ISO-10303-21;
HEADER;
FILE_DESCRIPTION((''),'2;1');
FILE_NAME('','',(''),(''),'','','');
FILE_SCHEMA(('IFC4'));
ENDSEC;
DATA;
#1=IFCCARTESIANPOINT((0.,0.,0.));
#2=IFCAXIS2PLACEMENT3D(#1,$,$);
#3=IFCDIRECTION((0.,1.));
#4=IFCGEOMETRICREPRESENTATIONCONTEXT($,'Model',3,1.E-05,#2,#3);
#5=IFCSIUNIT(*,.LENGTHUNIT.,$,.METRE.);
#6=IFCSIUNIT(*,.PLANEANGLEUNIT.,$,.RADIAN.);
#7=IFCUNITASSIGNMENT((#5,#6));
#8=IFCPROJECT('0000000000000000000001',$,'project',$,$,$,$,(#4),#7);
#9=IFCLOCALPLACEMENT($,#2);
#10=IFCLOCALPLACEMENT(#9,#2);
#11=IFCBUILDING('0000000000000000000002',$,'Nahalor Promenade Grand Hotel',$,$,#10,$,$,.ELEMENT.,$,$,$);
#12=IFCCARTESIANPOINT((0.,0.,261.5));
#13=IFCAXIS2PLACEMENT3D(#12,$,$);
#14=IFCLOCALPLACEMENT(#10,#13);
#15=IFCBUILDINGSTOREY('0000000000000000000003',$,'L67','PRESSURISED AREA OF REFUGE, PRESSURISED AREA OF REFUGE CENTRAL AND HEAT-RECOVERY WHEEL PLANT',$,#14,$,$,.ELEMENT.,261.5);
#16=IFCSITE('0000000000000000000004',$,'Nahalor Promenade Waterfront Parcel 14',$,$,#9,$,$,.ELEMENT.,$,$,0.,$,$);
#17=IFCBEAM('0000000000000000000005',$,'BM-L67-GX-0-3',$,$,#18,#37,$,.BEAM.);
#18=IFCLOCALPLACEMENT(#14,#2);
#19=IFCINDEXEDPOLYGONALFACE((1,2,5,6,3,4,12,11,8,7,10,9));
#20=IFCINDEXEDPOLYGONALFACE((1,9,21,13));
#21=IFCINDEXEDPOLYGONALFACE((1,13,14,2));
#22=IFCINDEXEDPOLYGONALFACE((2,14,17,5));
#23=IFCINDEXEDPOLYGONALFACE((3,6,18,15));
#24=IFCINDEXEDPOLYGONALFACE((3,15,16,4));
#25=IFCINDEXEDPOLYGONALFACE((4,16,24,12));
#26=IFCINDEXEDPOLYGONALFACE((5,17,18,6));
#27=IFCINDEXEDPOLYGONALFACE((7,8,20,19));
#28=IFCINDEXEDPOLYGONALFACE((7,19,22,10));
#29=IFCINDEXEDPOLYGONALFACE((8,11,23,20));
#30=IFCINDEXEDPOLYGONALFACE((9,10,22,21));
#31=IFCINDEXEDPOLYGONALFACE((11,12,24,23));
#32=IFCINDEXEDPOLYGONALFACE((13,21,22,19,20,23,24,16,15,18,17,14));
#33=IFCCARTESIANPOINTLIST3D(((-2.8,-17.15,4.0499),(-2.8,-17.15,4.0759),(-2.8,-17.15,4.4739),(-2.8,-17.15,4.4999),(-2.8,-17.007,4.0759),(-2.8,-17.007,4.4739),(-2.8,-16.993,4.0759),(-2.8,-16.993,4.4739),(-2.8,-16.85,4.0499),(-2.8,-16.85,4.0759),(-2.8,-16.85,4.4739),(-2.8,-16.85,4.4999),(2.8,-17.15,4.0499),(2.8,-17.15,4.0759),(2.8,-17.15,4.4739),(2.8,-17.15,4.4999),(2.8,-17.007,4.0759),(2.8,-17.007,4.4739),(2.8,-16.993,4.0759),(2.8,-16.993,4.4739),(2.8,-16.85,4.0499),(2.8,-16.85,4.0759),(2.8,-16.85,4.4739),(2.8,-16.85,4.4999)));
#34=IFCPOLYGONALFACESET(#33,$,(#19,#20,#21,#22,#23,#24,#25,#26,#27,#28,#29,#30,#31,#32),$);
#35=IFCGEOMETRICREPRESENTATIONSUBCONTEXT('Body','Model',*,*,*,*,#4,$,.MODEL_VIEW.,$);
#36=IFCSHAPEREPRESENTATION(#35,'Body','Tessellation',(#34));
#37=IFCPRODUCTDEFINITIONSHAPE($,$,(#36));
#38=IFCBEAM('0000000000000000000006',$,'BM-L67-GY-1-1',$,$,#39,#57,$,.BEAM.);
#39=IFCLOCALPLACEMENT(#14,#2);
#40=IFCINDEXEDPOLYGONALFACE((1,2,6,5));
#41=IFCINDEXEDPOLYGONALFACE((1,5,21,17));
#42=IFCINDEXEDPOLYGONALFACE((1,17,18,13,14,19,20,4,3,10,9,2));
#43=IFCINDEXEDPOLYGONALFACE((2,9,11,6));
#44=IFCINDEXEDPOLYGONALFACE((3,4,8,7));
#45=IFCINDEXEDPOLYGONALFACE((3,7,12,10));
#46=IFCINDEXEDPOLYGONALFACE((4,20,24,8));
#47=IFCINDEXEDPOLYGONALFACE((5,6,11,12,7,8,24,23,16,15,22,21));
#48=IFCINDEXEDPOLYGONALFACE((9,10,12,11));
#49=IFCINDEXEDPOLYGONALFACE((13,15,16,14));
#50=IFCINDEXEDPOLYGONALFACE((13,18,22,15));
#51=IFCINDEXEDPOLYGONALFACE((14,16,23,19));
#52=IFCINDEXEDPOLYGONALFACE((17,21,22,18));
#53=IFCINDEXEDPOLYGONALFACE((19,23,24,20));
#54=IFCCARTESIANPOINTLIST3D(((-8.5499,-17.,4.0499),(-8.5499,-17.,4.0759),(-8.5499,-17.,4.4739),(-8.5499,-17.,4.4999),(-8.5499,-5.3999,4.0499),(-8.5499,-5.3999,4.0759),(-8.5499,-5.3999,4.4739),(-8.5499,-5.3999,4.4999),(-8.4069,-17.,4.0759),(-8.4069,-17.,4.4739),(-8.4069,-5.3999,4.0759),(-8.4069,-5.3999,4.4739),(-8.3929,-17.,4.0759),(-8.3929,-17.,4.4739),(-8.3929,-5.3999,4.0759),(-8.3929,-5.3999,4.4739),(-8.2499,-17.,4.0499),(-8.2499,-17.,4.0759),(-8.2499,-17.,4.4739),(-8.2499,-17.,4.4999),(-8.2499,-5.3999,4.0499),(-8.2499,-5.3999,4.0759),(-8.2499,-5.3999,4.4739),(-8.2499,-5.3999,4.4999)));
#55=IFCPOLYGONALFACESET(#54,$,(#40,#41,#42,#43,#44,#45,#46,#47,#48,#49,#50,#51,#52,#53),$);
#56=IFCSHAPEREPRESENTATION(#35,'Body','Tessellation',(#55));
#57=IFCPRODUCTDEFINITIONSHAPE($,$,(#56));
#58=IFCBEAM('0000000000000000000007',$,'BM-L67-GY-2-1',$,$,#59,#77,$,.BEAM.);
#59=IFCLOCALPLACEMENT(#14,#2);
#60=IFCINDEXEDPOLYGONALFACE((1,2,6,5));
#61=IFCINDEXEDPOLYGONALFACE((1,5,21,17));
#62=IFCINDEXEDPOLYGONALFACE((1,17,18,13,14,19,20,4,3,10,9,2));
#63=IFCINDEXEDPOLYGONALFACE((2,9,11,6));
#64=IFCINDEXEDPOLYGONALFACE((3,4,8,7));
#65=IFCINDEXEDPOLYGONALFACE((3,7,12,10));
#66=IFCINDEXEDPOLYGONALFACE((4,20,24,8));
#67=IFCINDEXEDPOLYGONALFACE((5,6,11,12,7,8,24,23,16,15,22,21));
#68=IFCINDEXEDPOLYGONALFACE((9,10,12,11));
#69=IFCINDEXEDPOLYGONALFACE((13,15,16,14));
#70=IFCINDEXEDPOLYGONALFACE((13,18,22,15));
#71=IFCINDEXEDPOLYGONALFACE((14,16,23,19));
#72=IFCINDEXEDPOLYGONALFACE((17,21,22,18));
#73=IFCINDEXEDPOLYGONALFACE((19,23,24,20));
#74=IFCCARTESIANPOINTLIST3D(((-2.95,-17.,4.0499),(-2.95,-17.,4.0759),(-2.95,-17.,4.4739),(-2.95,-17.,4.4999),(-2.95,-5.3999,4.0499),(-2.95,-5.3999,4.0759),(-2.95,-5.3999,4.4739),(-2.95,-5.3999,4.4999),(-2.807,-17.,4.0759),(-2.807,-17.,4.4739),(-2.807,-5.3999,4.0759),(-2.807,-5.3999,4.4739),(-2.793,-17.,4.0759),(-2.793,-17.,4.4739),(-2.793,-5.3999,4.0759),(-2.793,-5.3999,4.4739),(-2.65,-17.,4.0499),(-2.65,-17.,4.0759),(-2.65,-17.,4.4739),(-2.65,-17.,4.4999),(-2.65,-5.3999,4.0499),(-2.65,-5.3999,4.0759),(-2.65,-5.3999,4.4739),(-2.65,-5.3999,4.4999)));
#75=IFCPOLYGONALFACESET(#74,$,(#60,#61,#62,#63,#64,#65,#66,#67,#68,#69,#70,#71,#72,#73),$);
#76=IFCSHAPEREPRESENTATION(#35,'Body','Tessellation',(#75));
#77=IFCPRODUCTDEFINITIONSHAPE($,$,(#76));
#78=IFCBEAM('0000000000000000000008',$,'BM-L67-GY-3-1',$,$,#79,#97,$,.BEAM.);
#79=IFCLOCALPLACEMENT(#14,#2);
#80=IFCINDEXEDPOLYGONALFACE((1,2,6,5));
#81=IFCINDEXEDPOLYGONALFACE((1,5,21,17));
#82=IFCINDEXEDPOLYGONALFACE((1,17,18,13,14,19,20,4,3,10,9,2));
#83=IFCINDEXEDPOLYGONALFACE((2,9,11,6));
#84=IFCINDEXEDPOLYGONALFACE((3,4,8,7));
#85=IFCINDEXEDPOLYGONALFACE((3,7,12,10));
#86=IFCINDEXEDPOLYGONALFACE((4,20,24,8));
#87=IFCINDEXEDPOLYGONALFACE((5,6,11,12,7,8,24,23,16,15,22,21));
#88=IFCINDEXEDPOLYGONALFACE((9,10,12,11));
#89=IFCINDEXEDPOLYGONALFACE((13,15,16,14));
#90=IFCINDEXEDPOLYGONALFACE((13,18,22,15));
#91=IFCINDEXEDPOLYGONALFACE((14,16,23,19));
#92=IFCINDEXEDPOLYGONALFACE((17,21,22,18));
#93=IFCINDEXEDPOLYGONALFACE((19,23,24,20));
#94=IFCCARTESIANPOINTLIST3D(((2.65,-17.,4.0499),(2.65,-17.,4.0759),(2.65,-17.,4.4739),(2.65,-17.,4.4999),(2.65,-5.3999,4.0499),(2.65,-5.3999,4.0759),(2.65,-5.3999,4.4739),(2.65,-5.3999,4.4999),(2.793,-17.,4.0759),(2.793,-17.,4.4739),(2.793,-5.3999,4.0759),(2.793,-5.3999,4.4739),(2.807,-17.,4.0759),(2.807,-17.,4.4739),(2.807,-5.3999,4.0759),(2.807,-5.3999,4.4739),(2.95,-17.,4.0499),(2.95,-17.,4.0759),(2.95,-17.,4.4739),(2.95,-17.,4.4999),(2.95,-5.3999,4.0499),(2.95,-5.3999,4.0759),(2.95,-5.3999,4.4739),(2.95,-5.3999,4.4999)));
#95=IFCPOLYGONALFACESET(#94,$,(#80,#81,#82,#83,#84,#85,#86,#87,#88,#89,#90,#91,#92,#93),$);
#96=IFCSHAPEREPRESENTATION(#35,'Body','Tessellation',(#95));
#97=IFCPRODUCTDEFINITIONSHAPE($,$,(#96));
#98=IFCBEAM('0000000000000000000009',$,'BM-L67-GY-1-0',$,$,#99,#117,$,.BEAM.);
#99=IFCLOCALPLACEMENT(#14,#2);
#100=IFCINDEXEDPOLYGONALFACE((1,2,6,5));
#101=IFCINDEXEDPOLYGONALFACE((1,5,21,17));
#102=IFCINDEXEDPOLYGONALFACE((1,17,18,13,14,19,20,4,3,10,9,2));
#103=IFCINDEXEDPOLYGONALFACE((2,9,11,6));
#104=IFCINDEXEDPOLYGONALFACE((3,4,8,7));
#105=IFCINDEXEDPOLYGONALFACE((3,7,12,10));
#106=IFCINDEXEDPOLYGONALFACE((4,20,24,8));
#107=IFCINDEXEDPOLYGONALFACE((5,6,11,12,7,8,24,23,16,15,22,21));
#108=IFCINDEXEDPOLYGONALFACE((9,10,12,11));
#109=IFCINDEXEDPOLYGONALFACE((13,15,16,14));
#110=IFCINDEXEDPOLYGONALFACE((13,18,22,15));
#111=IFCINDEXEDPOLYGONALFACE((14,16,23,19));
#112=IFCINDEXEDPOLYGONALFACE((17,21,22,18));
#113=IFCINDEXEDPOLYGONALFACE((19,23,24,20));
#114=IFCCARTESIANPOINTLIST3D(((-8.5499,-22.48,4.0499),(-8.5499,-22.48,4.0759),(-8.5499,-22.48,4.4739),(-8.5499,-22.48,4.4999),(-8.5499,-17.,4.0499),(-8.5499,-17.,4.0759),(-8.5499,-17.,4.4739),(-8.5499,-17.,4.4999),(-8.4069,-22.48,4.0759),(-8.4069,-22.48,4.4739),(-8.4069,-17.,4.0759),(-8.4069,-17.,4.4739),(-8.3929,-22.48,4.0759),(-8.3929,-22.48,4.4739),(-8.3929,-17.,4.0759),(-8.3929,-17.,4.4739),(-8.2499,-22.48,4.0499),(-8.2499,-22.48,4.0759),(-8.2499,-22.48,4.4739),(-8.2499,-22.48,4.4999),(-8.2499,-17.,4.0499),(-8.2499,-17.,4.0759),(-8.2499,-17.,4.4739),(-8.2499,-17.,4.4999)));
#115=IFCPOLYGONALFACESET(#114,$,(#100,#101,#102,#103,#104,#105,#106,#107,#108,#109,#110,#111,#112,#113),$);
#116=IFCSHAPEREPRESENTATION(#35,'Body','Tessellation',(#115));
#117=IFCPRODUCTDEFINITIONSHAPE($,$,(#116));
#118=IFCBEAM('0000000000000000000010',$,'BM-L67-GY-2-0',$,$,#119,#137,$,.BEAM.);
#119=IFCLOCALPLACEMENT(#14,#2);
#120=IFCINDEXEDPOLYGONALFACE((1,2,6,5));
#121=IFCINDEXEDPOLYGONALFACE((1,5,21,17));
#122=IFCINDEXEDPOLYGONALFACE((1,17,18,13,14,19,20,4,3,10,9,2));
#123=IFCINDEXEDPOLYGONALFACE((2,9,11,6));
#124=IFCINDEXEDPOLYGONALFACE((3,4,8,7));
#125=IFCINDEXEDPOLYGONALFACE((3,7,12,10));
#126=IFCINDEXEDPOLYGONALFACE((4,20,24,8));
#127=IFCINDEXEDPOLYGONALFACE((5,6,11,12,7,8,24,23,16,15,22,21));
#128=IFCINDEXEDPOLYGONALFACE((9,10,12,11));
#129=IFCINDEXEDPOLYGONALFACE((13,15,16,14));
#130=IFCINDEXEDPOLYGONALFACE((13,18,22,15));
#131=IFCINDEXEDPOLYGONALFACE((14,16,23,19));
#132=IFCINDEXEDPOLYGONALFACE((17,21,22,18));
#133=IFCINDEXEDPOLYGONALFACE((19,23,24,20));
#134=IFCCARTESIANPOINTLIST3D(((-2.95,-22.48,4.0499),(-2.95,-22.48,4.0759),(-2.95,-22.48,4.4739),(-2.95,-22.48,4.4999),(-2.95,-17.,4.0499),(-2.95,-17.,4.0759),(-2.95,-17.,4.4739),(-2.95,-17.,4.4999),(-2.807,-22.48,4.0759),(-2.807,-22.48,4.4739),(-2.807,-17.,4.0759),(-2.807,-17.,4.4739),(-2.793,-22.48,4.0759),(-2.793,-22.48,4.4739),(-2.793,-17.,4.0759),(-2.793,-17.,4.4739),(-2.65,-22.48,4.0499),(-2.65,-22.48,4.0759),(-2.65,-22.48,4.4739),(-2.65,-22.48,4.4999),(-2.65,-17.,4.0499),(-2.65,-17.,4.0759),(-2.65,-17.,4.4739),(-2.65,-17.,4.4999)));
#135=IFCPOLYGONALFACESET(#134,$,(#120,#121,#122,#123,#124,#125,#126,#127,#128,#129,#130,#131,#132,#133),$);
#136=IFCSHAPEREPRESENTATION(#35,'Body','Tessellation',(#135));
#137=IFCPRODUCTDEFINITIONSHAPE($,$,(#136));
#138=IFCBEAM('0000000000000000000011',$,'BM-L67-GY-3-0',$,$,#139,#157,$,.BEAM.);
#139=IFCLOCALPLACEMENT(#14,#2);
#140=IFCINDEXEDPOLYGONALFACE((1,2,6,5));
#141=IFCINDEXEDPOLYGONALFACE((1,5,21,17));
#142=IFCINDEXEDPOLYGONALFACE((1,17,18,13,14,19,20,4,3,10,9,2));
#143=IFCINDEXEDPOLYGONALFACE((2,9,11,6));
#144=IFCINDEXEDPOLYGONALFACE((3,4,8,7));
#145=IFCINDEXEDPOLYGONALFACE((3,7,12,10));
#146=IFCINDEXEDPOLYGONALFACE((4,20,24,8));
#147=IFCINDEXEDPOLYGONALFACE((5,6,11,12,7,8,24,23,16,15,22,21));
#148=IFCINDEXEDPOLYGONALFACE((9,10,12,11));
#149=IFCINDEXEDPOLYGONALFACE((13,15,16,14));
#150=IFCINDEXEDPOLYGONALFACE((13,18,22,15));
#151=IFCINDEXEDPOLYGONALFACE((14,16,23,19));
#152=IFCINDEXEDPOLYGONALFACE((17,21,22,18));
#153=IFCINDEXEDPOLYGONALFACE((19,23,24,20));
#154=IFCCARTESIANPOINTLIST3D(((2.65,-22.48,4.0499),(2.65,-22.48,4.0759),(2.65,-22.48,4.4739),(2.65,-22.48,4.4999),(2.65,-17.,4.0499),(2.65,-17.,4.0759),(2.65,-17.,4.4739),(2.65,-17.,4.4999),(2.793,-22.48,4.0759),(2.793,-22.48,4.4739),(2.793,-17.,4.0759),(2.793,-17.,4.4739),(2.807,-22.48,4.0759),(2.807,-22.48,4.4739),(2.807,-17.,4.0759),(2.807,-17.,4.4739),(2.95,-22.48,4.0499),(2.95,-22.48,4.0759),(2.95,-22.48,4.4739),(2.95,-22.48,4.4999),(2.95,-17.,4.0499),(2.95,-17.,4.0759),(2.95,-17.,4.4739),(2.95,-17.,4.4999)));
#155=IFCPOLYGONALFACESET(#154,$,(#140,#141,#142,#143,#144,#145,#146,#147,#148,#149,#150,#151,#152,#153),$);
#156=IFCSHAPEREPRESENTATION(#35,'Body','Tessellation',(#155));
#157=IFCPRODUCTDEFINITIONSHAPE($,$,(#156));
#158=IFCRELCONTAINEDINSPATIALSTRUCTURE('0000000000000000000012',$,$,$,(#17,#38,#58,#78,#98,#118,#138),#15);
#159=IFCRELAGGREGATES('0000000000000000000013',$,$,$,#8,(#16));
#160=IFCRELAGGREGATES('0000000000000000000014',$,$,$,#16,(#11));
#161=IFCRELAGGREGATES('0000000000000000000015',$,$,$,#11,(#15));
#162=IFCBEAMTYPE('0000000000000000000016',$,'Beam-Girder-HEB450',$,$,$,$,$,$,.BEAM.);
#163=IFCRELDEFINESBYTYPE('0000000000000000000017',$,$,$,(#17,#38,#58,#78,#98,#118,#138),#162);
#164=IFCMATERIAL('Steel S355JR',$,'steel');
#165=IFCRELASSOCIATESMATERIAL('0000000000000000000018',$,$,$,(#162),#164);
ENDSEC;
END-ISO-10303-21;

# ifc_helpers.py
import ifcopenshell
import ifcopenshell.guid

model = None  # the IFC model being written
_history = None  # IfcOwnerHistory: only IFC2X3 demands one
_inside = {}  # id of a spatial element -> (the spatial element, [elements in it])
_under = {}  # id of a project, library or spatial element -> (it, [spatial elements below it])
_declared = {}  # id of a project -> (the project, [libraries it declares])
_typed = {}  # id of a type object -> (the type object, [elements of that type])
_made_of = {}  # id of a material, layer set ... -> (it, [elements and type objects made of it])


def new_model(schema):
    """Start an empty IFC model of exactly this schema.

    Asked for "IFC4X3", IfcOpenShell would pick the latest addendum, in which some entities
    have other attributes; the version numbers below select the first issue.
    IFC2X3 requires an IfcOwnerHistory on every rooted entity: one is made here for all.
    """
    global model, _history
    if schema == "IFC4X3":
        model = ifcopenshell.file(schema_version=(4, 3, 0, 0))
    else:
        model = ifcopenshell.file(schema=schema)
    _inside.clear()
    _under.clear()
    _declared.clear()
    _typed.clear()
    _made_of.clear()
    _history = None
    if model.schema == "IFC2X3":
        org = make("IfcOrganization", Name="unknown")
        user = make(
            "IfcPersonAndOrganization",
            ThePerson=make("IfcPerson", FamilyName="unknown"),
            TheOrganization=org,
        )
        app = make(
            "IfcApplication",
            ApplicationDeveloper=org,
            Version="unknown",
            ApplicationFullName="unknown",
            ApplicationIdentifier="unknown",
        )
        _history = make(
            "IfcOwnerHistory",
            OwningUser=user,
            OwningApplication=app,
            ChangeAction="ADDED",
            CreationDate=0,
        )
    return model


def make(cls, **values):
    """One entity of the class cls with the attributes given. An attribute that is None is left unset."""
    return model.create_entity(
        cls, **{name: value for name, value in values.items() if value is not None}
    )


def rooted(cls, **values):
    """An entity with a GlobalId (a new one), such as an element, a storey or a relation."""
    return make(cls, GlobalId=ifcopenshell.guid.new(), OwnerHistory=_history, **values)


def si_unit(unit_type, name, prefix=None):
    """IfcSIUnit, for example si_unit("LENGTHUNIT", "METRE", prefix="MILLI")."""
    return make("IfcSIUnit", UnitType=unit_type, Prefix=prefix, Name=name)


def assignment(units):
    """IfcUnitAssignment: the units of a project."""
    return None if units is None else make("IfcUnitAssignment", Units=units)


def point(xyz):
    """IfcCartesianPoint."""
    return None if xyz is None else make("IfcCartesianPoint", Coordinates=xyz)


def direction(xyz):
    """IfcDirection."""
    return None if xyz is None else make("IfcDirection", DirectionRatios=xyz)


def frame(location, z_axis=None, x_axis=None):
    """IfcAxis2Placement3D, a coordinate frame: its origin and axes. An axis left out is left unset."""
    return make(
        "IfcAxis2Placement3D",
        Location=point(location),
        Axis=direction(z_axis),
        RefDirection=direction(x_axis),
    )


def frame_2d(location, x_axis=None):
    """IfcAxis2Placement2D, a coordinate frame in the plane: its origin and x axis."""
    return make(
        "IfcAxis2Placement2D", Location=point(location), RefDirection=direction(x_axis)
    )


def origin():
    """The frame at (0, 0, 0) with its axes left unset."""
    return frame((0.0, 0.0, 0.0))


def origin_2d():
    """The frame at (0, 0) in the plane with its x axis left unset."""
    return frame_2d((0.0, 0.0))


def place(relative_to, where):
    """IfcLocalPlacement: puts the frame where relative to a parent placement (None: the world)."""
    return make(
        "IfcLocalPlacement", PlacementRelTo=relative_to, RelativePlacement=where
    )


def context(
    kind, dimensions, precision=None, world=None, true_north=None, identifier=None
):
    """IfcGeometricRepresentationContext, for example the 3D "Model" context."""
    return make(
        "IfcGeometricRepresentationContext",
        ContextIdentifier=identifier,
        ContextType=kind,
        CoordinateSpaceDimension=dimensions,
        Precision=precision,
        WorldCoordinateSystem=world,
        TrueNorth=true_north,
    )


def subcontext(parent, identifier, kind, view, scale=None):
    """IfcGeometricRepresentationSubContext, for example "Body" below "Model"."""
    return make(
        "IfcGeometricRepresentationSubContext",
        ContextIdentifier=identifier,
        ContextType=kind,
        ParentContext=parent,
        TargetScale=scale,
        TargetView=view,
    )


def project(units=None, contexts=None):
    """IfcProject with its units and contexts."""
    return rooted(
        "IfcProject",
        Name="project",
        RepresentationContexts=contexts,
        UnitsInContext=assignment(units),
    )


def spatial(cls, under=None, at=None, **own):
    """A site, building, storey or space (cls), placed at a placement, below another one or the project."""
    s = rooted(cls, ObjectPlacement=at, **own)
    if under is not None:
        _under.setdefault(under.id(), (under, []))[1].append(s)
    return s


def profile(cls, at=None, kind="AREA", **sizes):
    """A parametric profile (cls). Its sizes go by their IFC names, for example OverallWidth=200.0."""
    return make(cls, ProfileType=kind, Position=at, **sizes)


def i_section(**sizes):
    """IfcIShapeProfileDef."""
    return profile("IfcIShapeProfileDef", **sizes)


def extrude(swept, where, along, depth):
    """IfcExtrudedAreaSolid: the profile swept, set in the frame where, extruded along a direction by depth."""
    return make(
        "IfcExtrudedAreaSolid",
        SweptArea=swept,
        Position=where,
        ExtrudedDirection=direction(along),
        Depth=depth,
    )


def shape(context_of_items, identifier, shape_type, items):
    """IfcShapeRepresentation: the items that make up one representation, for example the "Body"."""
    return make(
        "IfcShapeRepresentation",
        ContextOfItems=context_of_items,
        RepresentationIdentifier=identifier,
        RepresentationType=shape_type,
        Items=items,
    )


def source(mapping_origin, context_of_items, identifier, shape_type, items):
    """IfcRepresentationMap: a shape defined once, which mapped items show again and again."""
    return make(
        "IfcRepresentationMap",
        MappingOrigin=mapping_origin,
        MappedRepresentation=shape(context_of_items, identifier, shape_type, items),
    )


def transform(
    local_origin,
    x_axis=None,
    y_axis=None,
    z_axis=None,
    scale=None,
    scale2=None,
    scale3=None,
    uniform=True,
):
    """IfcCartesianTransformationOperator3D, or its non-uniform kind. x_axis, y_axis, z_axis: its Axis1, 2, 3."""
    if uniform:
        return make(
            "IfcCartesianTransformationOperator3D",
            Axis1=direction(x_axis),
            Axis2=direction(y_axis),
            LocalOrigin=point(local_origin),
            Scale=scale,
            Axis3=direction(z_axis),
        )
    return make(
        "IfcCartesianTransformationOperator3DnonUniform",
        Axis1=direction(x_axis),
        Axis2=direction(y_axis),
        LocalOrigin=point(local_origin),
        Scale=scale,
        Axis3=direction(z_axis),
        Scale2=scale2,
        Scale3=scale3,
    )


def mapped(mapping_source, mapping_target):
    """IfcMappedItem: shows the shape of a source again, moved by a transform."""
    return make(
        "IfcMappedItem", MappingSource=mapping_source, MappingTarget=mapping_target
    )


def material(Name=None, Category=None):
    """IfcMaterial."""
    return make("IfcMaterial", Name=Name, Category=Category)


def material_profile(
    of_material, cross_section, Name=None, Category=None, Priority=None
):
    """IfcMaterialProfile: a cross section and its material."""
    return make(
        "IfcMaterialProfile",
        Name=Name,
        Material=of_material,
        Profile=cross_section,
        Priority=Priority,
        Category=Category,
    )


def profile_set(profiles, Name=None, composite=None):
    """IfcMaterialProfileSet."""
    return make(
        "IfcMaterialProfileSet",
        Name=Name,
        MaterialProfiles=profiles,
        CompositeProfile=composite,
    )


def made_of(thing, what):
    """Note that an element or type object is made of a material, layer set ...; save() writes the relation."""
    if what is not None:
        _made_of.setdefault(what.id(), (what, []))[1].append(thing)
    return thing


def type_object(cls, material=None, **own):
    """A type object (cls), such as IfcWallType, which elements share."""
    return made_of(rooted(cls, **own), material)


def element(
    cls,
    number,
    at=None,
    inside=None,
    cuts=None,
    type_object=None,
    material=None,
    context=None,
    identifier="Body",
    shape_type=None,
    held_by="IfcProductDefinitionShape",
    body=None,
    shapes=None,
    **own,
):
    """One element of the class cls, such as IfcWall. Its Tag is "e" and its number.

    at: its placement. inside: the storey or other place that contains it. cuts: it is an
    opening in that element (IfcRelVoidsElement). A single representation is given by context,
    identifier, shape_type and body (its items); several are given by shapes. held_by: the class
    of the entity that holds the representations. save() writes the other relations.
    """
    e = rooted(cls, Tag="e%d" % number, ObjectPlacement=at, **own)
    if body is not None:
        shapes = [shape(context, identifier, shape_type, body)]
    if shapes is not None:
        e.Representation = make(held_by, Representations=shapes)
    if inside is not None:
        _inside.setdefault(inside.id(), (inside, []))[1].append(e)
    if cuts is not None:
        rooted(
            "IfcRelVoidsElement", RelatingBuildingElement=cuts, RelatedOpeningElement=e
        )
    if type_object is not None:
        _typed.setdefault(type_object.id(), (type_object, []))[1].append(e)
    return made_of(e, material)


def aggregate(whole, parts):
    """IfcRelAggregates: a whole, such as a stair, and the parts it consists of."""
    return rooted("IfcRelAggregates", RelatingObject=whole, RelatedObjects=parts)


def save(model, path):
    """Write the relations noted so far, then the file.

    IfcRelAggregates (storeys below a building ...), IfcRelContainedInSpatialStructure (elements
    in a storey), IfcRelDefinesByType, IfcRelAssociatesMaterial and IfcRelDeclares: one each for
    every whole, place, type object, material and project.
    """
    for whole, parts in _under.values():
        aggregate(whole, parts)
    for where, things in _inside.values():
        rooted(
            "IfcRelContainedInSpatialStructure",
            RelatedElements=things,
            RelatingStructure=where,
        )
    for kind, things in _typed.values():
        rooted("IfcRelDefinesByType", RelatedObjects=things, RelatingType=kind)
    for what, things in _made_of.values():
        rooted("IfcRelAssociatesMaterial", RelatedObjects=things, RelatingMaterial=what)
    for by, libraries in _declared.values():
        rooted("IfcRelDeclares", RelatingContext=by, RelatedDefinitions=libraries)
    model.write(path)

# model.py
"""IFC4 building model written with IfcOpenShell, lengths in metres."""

from ifc_helpers import new_model, si_unit, direction, frame, origin, origin_2d, place, context, subcontext, project, spatial, i_section, extrude, source, transform, mapped, material, material_profile, profile_set, type_object, element, save


model = new_model("IFC4")

# Units and contexts
model_context = context("Model", 3, precision=1e-05, world=origin(), true_north=direction((0.0, 1.0)))
body_context = subcontext(model_context, "Body", "Model", "MODEL_VIEW")
ifc_project = project(units=[si_unit("LENGTHUNIT", "METRE"), si_unit("PLANEANGLEUNIT", "RADIAN")], contexts=[model_context])

# Site, building, storey
site_placement = place(None, origin())
site = spatial("IfcSite", under=ifc_project, at=site_placement, Name="Nahalor Promenade Waterfront Parcel 14", CompositionType="ELEMENT", RefElevation=0.0)
building_placement = place(site_placement, origin())
building = spatial("IfcBuilding", under=site, at=building_placement, Name="Nahalor Promenade Grand Hotel", CompositionType="ELEMENT")
storey_placement = place(building_placement, frame((0.0, 0.0, 261.5)))
storey = spatial("IfcBuildingStorey", under=building, at=storey_placement, Name="L67", Description="PRESSURISED AREA OF REFUGE, PRESSURISED AREA OF REFUGE CENTRAL AND HEAT-RECOVERY WHEEL PLANT", CompositionType="ELEMENT", Elevation=261.5)

# Shared definitions
ifc_material_1 = material(Name="Steel S355JR", Category="steel")

# Beams
ifc_material_profile_1 = material_profile(ifc_material_1, i_section(OverallWidth=0.3, OverallDepth=0.45, WebThickness=0.014, FlangeThickness=0.026, at=origin_2d()), Name="HEB 450")
ifc_profile_set_1 = profile_set([ifc_material_profile_1], Name="Steel S355JR")
beam_type_1 = type_object("IfcBeamType", Name="Beam-Girder-HEB450", PredefinedType="BEAM", material=ifc_profile_set_1)
shared_shape_1 = source(origin(), body_context, "Body", "SweptSolid", [
    extrude(i_section(OverallWidth=0.3, OverallDepth=0.45, WebThickness=0.014, FlangeThickness=0.026, at=origin_2d()), origin(), (0.0, 0.0, 1.0), 5.6001),
])
beam_1_placement = place(storey_placement, frame((-2.8, -17.0, 4.2749), z_axis=(1.0, 0.0, 0.0), x_axis=(0.0, 1.0, 0.0)))
element("IfcBeam", 1, at=beam_1_placement, inside=storey, type_object=beam_type_1, Name="BM-L67-GX-0-3", PredefinedType="BEAM", context=body_context, shape_type="MappedRepresentation", body=[
    mapped(shared_shape_1, transform((0.0, 0.0, 0.0), scale=1.0)),
])
shared_shape_2 = source(origin(), body_context, "Body", "SweptSolid", [
    extrude(i_section(OverallWidth=0.3, OverallDepth=0.45, WebThickness=0.014, FlangeThickness=0.026, at=origin_2d()), origin(), (0.0, 0.0, 1.0), 11.6001),
])
for number, where, z_axis, x_axis, name in (
    (2, (-8.3999, -17.0, 4.2749), (0.0, 1.0, 0.0), (-1.0, 0.0, 0.0), "BM-L67-GY-1-1"),
    (3, (-2.8, -17.0, 4.2749), (0.0, 1.0, 0.0), (-1.0, 0.0, 0.0), "BM-L67-GY-2-1"),
    (4, (2.8, -17.0, 4.2749), (0.0, 1.0, 0.0), (-1.0, 0.0, 0.0), "BM-L67-GY-3-1"),
):
    element("IfcBeam", number, at=place(storey_placement, frame(where, z_axis=z_axis, x_axis=x_axis)), inside=storey, type_object=beam_type_1, Name=name, PredefinedType="BEAM", context=body_context, shape_type="MappedRepresentation", body=[
        mapped(shared_shape_2, transform((0.0, 0.0, 0.0), scale=1.0)),
    ])
shared_shape_3 = source(origin(), body_context, "Body", "SweptSolid", [
    extrude(i_section(OverallWidth=0.3, OverallDepth=0.45, WebThickness=0.014, FlangeThickness=0.026, at=origin_2d()), origin(), (0.0, 0.0, 1.0), 5.48),
])
for number, where, z_axis, x_axis, name in (
    (5, (-8.3999, -22.48, 4.2749), (0.0, 1.0, 0.0), (-1.0, 0.0, 0.0), "BM-L67-GY-1-0"),
    (6, (-2.8, -22.48, 4.2749), (0.0, 1.0, 0.0), (-1.0, 0.0, 0.0), "BM-L67-GY-2-0"),
    (7, (2.8, -22.48, 4.2749), (0.0, 1.0, 0.0), (-1.0, 0.0, 0.0), "BM-L67-GY-3-0"),
):
    element("IfcBeam", number, at=place(storey_placement, frame(where, z_axis=z_axis, x_axis=x_axis)), inside=storey, type_object=beam_type_1, Name=name, PredefinedType="BEAM", context=body_context, shape_type="MappedRepresentation", body=[
        mapped(shared_shape_3, transform((0.0, 0.0, 0.0), scale=1.0)),
    ])

save(model, "model.ifc")
